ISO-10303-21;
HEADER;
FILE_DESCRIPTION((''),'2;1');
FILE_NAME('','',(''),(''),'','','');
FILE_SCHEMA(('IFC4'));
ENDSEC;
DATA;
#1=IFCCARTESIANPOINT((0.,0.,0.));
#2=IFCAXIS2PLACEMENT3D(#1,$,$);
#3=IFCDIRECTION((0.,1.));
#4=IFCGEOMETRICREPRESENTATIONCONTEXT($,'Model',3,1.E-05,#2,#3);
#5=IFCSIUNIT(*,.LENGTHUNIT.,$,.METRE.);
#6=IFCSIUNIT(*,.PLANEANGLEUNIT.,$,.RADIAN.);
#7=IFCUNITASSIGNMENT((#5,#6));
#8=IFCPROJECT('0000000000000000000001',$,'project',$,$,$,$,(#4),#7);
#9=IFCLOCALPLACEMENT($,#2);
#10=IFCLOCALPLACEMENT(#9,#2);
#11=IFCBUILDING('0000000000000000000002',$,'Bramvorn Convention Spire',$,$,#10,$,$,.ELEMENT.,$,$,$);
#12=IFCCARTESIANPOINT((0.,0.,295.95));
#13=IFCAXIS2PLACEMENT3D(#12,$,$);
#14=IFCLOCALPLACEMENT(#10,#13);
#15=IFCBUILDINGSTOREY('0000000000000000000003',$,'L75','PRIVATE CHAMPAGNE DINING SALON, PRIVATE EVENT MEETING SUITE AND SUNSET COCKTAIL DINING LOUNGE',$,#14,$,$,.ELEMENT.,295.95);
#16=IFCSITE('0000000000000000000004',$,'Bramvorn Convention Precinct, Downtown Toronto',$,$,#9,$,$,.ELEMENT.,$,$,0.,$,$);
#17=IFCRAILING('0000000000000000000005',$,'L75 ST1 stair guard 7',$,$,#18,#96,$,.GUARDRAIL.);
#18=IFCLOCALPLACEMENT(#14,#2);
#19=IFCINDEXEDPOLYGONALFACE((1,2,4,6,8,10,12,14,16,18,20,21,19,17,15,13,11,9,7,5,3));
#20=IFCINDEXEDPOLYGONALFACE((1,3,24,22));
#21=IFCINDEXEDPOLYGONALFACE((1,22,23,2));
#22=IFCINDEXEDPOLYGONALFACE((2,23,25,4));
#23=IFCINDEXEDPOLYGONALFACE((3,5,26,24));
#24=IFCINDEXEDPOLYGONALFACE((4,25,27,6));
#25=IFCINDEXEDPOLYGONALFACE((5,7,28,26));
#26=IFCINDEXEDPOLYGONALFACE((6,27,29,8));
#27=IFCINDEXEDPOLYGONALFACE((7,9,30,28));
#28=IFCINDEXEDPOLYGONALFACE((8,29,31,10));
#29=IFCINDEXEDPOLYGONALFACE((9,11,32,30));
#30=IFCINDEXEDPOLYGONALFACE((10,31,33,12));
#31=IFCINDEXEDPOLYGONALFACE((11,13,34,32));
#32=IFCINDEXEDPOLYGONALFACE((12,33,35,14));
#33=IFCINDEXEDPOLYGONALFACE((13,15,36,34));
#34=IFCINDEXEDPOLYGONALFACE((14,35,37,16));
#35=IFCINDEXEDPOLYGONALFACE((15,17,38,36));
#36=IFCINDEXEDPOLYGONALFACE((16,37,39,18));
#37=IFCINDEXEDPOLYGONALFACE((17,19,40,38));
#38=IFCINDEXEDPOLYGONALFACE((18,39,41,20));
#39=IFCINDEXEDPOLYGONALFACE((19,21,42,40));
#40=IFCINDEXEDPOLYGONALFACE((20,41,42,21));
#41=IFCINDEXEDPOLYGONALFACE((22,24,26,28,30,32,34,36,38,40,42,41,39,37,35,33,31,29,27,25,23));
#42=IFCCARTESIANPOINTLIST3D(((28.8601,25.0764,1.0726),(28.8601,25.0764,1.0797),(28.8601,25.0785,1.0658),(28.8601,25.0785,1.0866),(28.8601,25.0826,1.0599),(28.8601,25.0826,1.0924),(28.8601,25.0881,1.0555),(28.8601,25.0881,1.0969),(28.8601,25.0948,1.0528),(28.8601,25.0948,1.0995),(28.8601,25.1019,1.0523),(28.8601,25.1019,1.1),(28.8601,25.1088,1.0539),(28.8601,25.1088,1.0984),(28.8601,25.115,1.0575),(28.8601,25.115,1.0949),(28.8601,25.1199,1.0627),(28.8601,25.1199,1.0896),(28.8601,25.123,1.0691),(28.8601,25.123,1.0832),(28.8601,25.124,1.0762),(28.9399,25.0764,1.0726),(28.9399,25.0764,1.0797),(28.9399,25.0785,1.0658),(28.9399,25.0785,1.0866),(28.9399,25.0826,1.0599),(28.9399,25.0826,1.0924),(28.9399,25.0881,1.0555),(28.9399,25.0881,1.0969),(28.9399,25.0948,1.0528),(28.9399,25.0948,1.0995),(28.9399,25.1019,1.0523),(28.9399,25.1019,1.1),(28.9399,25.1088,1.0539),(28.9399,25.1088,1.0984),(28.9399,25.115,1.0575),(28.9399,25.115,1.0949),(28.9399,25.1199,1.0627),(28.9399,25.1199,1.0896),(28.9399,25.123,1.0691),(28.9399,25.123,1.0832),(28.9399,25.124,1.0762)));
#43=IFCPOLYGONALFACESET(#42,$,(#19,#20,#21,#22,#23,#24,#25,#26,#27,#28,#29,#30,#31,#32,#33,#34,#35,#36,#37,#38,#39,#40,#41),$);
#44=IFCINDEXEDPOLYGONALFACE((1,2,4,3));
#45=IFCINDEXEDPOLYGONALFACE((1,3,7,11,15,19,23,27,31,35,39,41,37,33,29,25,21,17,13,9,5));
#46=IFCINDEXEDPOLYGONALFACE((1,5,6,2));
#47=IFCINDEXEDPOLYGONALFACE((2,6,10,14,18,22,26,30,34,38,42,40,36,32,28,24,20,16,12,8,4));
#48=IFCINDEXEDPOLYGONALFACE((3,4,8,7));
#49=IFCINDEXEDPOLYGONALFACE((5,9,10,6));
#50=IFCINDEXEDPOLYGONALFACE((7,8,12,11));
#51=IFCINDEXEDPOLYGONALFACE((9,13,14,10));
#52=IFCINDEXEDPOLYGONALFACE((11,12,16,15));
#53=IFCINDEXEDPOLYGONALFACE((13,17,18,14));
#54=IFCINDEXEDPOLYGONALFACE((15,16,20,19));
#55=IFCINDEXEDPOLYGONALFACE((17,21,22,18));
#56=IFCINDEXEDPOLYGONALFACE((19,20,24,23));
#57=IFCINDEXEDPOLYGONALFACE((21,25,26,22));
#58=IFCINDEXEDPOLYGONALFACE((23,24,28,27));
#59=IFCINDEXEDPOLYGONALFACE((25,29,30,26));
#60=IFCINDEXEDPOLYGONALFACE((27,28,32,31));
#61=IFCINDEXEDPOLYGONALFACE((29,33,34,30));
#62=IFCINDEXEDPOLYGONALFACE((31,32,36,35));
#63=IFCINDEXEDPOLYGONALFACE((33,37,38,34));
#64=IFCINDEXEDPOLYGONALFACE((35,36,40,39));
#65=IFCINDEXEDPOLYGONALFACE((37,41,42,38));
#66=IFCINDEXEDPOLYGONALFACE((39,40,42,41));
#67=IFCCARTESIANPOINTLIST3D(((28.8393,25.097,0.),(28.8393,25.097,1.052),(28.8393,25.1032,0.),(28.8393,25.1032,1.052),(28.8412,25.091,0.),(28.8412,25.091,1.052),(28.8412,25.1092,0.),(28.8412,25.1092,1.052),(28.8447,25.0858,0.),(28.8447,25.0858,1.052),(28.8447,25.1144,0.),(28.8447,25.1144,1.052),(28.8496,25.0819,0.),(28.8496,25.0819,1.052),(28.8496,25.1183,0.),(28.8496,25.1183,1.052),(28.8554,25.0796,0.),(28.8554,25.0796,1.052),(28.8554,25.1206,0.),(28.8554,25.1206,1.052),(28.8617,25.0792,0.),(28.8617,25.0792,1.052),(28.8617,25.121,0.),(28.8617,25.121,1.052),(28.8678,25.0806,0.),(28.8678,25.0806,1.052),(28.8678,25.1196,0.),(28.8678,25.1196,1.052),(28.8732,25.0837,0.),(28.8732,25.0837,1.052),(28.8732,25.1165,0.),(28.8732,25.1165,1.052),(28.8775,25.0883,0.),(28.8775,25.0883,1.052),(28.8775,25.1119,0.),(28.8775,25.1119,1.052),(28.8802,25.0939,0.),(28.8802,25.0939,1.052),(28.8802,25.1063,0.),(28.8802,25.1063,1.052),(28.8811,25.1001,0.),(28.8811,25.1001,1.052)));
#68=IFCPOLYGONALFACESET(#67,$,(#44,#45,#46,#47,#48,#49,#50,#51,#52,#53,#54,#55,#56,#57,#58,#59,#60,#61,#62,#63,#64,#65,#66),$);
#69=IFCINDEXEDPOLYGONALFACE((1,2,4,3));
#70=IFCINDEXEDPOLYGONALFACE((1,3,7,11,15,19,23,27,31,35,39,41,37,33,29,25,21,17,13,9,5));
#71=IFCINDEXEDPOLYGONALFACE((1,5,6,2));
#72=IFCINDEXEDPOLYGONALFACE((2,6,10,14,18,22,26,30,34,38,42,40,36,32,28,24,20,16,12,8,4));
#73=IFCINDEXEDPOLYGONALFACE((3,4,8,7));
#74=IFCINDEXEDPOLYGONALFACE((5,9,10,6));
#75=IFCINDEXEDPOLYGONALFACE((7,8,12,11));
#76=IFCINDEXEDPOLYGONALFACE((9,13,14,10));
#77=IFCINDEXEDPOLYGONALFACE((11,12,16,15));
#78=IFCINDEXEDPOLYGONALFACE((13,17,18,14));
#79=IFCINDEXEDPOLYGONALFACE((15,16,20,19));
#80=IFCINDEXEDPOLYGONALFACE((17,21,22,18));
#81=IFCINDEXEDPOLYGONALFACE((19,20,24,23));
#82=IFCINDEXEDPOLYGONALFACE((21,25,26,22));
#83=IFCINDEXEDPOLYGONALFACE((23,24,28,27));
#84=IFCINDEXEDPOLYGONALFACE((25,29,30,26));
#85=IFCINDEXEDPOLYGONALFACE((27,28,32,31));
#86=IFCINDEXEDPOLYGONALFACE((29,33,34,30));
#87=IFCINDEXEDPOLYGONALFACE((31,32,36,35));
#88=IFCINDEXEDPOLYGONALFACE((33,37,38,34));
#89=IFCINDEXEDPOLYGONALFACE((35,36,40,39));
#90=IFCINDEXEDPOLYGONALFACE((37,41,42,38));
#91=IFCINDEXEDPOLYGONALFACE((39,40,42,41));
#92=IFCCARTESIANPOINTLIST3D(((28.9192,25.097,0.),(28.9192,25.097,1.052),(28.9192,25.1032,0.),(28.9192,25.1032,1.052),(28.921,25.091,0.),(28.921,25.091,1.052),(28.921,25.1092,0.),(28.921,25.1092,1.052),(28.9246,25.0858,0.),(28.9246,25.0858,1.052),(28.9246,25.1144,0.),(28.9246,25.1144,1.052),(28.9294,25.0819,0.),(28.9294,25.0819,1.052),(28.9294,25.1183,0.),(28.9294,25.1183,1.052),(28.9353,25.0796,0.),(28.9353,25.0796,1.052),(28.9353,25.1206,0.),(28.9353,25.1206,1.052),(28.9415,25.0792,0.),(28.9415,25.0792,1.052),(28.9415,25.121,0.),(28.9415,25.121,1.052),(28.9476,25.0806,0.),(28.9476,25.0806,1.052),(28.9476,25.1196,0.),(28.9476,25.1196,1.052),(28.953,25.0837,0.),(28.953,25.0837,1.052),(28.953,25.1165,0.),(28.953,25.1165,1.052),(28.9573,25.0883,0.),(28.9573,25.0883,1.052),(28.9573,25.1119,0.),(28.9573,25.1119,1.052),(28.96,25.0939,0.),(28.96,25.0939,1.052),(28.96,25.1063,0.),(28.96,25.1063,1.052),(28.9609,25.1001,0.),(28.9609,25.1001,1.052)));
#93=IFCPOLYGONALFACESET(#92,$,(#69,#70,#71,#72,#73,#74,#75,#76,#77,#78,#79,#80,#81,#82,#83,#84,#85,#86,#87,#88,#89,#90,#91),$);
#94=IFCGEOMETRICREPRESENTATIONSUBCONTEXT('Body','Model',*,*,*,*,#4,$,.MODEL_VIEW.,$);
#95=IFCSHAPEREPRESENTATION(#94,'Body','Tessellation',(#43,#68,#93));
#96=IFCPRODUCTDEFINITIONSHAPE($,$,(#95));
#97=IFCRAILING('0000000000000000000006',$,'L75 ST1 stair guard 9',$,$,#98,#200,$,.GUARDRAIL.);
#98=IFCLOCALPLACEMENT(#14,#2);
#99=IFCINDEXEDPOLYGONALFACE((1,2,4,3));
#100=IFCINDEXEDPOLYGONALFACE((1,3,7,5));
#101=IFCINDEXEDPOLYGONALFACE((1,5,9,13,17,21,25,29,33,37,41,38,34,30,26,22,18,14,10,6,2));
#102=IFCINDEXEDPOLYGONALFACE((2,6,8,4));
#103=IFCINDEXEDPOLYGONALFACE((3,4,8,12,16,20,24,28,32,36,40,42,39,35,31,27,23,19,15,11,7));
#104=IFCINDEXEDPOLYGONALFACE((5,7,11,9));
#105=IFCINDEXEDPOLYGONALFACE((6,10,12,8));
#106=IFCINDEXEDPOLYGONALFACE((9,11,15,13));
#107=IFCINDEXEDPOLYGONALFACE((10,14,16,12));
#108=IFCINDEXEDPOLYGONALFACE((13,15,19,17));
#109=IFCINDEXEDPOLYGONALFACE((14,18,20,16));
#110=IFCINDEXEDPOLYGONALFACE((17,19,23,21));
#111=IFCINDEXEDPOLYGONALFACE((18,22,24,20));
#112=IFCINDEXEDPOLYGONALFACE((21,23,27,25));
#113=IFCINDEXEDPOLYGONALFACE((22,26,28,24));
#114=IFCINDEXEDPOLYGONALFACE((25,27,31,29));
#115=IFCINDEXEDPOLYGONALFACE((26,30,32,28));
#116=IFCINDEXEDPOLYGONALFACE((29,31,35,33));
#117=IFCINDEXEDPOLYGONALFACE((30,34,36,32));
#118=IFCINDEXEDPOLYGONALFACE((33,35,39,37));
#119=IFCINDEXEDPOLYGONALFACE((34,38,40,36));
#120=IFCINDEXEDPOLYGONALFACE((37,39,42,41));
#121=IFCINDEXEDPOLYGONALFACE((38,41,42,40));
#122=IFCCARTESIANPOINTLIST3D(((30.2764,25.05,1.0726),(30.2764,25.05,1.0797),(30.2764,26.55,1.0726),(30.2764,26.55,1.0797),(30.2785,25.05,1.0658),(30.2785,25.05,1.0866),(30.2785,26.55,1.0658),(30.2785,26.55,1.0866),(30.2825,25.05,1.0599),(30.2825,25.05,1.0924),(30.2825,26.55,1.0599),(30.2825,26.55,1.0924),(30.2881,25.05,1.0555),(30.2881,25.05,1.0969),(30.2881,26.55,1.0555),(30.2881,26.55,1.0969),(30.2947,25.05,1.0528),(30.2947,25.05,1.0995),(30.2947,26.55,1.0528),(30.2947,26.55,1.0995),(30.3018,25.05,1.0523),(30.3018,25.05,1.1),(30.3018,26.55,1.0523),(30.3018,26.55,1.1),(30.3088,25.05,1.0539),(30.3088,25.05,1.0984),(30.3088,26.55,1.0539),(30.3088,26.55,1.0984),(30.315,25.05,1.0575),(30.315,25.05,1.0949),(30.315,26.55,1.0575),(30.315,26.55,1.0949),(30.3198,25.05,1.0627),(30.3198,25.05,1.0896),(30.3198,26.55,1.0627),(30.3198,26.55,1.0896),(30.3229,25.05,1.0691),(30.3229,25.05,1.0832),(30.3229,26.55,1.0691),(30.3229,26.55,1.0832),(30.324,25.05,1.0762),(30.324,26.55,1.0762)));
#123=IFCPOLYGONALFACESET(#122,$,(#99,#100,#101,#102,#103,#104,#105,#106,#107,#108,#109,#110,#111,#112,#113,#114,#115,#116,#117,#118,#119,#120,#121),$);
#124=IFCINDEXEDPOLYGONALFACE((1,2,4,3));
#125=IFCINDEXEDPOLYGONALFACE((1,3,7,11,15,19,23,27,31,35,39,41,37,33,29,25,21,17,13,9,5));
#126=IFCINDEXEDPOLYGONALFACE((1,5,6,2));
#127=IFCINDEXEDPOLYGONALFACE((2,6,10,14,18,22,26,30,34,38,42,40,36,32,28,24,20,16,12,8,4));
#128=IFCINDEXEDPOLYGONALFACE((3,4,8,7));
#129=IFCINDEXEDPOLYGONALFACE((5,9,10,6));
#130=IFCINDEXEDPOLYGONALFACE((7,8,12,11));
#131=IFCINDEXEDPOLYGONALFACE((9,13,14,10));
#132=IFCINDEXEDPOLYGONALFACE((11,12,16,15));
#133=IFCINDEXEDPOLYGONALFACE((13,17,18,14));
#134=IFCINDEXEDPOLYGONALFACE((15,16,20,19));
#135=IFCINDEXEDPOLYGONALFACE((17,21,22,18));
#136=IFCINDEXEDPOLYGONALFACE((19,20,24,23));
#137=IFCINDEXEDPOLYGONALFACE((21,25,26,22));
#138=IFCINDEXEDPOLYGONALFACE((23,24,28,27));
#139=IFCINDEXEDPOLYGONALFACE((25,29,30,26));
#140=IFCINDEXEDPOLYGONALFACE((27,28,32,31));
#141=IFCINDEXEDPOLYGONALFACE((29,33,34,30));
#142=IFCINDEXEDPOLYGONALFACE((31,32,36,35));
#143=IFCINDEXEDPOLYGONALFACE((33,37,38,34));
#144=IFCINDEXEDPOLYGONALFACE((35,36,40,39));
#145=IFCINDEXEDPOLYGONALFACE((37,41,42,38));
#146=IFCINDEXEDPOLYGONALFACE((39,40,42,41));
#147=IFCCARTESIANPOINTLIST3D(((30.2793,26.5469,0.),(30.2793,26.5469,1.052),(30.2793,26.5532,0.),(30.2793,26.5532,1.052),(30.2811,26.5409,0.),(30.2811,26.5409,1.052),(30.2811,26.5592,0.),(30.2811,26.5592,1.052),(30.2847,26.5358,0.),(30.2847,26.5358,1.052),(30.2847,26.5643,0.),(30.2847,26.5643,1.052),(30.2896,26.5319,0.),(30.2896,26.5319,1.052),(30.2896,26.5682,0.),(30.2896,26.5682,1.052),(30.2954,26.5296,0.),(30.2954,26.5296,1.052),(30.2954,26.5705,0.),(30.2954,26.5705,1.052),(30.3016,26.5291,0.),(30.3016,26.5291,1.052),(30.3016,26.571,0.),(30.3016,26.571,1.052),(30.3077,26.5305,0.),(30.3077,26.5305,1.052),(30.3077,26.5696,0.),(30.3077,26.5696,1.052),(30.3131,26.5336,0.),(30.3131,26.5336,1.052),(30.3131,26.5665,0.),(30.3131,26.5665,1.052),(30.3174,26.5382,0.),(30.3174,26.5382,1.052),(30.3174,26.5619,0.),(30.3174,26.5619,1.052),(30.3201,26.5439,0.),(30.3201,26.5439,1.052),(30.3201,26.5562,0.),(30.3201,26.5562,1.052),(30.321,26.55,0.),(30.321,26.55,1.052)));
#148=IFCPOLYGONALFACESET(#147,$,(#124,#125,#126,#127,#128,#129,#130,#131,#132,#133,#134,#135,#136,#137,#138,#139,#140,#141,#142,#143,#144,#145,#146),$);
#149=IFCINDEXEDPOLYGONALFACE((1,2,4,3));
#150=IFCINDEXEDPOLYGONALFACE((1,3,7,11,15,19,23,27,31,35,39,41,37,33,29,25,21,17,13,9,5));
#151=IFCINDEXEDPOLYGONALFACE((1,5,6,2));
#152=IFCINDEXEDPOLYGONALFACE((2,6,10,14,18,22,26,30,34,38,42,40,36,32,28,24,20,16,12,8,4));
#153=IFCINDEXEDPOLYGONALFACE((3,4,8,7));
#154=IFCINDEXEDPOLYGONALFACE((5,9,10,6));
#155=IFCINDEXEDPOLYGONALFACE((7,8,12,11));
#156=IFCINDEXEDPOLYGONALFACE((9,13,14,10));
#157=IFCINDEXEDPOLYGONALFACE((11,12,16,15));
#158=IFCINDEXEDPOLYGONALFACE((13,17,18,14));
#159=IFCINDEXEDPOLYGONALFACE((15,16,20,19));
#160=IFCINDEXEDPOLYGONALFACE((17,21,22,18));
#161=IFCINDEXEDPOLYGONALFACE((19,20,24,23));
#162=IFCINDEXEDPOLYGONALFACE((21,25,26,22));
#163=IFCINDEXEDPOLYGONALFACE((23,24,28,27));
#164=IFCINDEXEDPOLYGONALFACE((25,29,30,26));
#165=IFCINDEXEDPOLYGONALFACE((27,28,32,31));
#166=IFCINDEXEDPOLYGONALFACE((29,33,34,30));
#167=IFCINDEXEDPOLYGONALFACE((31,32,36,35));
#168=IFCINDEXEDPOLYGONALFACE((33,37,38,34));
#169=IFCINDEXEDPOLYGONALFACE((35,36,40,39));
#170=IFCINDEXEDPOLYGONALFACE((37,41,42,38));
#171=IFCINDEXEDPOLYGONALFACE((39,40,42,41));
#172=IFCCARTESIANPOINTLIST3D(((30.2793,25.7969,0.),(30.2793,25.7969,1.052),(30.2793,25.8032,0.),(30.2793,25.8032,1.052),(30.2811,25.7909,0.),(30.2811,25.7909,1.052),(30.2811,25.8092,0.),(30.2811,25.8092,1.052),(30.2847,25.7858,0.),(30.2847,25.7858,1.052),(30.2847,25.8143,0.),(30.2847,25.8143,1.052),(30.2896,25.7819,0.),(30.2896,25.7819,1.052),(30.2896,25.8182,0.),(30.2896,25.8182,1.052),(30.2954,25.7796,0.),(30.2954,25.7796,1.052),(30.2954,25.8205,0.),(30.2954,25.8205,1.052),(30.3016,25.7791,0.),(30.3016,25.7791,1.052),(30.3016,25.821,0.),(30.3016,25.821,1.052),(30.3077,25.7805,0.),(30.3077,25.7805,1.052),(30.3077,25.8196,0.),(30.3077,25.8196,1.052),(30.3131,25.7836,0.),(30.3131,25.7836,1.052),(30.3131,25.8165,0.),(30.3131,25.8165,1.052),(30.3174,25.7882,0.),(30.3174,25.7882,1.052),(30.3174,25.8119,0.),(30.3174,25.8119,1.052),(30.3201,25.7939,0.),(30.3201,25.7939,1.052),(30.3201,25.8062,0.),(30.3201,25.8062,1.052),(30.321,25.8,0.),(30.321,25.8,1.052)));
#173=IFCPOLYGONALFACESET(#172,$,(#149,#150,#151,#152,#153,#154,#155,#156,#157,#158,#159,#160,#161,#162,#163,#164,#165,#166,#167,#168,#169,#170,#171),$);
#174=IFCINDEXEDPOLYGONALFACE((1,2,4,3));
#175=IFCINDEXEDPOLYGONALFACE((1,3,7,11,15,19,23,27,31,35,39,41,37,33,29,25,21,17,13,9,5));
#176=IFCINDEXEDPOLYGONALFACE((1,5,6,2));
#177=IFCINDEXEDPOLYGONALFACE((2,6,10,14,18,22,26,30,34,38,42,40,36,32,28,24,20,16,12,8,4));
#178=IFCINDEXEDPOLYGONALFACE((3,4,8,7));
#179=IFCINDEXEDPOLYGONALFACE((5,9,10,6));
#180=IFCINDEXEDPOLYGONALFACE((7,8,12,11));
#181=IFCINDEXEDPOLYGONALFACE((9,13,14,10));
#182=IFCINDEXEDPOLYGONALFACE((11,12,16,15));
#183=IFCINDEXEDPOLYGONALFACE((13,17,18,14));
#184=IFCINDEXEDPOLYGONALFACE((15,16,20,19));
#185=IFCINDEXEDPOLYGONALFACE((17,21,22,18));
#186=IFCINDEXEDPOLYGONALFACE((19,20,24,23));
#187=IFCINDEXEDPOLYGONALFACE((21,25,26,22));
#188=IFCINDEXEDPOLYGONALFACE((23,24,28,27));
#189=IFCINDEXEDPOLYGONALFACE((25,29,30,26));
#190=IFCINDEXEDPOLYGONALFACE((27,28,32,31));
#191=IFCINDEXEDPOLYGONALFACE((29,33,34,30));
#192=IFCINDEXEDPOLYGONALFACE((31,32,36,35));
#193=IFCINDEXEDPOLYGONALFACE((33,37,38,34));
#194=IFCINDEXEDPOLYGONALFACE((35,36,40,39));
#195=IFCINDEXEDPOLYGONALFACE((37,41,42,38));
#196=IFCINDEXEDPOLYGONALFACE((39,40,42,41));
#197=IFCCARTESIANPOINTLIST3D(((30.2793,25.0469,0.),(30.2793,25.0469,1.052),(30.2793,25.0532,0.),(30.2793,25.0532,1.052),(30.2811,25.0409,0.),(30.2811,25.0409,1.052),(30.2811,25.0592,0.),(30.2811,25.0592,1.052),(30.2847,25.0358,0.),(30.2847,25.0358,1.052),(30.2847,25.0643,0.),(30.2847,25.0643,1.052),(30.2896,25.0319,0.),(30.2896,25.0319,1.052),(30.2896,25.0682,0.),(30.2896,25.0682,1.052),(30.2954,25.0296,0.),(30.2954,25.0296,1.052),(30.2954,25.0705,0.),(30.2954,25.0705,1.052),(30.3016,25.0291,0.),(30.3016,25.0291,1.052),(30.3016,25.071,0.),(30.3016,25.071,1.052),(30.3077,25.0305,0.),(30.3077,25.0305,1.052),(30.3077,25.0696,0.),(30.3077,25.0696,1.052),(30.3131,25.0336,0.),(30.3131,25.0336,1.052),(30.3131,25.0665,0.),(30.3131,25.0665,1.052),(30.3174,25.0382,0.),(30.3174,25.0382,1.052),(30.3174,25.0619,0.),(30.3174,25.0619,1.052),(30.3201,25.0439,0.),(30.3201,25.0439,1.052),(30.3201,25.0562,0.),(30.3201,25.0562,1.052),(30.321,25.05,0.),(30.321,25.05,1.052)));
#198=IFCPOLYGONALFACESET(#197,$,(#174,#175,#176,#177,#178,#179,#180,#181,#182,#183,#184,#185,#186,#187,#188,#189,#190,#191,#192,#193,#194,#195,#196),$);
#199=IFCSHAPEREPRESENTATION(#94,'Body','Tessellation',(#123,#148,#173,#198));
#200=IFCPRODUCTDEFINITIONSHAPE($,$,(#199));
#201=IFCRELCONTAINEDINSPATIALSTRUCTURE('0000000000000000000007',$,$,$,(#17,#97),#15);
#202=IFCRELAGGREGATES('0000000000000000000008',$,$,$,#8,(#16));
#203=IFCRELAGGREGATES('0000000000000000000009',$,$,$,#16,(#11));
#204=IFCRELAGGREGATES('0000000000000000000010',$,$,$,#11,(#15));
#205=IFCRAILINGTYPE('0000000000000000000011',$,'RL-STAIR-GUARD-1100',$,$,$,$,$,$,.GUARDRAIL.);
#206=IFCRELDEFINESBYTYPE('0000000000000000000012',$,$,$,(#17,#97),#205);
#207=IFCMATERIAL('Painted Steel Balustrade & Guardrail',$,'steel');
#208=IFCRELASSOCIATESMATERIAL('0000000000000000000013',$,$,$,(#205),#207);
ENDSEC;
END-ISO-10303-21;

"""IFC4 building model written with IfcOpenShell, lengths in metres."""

from ifc_helpers import new_model, si_unit, direction, frame, origin, origin_2d, place, context, subcontext, project, spatial, circle, extrude, material, type_object, element, save


model = new_model("IFC4")

# Units and contexts
model_context = context("Model", 3, precision=1e-05, world=origin(), true_north=direction((0.0, 1.0)))
body_context = subcontext(model_context, "Body", "Model", "MODEL_VIEW")
ifc_project = project(units=[si_unit("LENGTHUNIT", "METRE"), si_unit("PLANEANGLEUNIT", "RADIAN")], contexts=[model_context])

# Site, building, storey
site_placement = place(None, origin())
site = spatial("IfcSite", under=ifc_project, at=site_placement, Name="Bramvorn Convention Precinct, Downtown Toronto", CompositionType="ELEMENT", RefElevation=0.0)
building_placement = place(site_placement, origin())
building = spatial("IfcBuilding", under=site, at=building_placement, Name="Bramvorn Convention Spire", CompositionType="ELEMENT")
storey_placement = place(building_placement, frame((0.0, 0.0, 295.95)))
storey = spatial("IfcBuildingStorey", under=building, at=storey_placement, Name="L75", Description="PRIVATE CHAMPAGNE DINING SALON, PRIVATE EVENT MEETING SUITE AND SUNSET COCKTAIL DINING LOUNGE", CompositionType="ELEMENT", Elevation=295.95)

# Railings
ifc_material_1 = material(Name="Painted Steel Balustrade & Guardrail", Category="steel")
railing_type = type_object("IfcRailingType", Name="RL-STAIR-GUARD-1100", PredefinedType="GUARDRAIL", material=ifc_material_1)
railing_1_placement = place(storey_placement, frame((28.8601, 25.1001, 0.0)))
element("IfcRailing", 1, at=railing_1_placement, inside=storey, type_object=railing_type, Name="L75 ST1 stair guard 7", PredefinedType="GUARDRAIL", context=body_context, shape_type="SweptSolid", body=[
    extrude(circle(Radius=0.0239, at=origin_2d()), frame((0.0, 0.0, 1.0762), z_axis=(1.0, 0.0, 0.0), x_axis=(0.0, 1.0, 0.0)), (0.0, 0.0, 1.0), 0.0798),
    extrude(circle(Radius=0.021, at=origin_2d()), origin(), (0.0, 0.0, 1.0), 1.052),
    extrude(circle(Radius=0.021, at=origin_2d()), frame((0.0798, 0.0, 0.0)), (0.0, 0.0, 1.0), 1.052),
])
railing_2_placement = place(storey_placement, frame((30.3, 26.55, 0.0)))
element("IfcRailing", 2, at=railing_2_placement, inside=storey, type_object=railing_type, Name="L75 ST1 stair guard 9", PredefinedType="GUARDRAIL", context=body_context, shape_type="SweptSolid", body=[
    extrude(circle(Radius=0.0239, at=origin_2d()), frame((0.0, 0.0, 1.0762), z_axis=(0.0, -1.0, 0.0), x_axis=(1.0, 0.0, 0.0)), (0.0, 0.0, 1.0), 1.5),
    extrude(circle(Radius=0.021, at=origin_2d()), origin(), (0.0, 0.0, 1.0), 1.052),
    extrude(circle(Radius=0.021, at=origin_2d()), frame((0.0, -0.75, 0.0)), (0.0, 0.0, 1.0), 1.052),
    extrude(circle(Radius=0.021, at=origin_2d()), frame((0.0, -1.5, 0.0)), (0.0, 0.0, 1.0), 1.052),
])

save(model, "model.ifc")
